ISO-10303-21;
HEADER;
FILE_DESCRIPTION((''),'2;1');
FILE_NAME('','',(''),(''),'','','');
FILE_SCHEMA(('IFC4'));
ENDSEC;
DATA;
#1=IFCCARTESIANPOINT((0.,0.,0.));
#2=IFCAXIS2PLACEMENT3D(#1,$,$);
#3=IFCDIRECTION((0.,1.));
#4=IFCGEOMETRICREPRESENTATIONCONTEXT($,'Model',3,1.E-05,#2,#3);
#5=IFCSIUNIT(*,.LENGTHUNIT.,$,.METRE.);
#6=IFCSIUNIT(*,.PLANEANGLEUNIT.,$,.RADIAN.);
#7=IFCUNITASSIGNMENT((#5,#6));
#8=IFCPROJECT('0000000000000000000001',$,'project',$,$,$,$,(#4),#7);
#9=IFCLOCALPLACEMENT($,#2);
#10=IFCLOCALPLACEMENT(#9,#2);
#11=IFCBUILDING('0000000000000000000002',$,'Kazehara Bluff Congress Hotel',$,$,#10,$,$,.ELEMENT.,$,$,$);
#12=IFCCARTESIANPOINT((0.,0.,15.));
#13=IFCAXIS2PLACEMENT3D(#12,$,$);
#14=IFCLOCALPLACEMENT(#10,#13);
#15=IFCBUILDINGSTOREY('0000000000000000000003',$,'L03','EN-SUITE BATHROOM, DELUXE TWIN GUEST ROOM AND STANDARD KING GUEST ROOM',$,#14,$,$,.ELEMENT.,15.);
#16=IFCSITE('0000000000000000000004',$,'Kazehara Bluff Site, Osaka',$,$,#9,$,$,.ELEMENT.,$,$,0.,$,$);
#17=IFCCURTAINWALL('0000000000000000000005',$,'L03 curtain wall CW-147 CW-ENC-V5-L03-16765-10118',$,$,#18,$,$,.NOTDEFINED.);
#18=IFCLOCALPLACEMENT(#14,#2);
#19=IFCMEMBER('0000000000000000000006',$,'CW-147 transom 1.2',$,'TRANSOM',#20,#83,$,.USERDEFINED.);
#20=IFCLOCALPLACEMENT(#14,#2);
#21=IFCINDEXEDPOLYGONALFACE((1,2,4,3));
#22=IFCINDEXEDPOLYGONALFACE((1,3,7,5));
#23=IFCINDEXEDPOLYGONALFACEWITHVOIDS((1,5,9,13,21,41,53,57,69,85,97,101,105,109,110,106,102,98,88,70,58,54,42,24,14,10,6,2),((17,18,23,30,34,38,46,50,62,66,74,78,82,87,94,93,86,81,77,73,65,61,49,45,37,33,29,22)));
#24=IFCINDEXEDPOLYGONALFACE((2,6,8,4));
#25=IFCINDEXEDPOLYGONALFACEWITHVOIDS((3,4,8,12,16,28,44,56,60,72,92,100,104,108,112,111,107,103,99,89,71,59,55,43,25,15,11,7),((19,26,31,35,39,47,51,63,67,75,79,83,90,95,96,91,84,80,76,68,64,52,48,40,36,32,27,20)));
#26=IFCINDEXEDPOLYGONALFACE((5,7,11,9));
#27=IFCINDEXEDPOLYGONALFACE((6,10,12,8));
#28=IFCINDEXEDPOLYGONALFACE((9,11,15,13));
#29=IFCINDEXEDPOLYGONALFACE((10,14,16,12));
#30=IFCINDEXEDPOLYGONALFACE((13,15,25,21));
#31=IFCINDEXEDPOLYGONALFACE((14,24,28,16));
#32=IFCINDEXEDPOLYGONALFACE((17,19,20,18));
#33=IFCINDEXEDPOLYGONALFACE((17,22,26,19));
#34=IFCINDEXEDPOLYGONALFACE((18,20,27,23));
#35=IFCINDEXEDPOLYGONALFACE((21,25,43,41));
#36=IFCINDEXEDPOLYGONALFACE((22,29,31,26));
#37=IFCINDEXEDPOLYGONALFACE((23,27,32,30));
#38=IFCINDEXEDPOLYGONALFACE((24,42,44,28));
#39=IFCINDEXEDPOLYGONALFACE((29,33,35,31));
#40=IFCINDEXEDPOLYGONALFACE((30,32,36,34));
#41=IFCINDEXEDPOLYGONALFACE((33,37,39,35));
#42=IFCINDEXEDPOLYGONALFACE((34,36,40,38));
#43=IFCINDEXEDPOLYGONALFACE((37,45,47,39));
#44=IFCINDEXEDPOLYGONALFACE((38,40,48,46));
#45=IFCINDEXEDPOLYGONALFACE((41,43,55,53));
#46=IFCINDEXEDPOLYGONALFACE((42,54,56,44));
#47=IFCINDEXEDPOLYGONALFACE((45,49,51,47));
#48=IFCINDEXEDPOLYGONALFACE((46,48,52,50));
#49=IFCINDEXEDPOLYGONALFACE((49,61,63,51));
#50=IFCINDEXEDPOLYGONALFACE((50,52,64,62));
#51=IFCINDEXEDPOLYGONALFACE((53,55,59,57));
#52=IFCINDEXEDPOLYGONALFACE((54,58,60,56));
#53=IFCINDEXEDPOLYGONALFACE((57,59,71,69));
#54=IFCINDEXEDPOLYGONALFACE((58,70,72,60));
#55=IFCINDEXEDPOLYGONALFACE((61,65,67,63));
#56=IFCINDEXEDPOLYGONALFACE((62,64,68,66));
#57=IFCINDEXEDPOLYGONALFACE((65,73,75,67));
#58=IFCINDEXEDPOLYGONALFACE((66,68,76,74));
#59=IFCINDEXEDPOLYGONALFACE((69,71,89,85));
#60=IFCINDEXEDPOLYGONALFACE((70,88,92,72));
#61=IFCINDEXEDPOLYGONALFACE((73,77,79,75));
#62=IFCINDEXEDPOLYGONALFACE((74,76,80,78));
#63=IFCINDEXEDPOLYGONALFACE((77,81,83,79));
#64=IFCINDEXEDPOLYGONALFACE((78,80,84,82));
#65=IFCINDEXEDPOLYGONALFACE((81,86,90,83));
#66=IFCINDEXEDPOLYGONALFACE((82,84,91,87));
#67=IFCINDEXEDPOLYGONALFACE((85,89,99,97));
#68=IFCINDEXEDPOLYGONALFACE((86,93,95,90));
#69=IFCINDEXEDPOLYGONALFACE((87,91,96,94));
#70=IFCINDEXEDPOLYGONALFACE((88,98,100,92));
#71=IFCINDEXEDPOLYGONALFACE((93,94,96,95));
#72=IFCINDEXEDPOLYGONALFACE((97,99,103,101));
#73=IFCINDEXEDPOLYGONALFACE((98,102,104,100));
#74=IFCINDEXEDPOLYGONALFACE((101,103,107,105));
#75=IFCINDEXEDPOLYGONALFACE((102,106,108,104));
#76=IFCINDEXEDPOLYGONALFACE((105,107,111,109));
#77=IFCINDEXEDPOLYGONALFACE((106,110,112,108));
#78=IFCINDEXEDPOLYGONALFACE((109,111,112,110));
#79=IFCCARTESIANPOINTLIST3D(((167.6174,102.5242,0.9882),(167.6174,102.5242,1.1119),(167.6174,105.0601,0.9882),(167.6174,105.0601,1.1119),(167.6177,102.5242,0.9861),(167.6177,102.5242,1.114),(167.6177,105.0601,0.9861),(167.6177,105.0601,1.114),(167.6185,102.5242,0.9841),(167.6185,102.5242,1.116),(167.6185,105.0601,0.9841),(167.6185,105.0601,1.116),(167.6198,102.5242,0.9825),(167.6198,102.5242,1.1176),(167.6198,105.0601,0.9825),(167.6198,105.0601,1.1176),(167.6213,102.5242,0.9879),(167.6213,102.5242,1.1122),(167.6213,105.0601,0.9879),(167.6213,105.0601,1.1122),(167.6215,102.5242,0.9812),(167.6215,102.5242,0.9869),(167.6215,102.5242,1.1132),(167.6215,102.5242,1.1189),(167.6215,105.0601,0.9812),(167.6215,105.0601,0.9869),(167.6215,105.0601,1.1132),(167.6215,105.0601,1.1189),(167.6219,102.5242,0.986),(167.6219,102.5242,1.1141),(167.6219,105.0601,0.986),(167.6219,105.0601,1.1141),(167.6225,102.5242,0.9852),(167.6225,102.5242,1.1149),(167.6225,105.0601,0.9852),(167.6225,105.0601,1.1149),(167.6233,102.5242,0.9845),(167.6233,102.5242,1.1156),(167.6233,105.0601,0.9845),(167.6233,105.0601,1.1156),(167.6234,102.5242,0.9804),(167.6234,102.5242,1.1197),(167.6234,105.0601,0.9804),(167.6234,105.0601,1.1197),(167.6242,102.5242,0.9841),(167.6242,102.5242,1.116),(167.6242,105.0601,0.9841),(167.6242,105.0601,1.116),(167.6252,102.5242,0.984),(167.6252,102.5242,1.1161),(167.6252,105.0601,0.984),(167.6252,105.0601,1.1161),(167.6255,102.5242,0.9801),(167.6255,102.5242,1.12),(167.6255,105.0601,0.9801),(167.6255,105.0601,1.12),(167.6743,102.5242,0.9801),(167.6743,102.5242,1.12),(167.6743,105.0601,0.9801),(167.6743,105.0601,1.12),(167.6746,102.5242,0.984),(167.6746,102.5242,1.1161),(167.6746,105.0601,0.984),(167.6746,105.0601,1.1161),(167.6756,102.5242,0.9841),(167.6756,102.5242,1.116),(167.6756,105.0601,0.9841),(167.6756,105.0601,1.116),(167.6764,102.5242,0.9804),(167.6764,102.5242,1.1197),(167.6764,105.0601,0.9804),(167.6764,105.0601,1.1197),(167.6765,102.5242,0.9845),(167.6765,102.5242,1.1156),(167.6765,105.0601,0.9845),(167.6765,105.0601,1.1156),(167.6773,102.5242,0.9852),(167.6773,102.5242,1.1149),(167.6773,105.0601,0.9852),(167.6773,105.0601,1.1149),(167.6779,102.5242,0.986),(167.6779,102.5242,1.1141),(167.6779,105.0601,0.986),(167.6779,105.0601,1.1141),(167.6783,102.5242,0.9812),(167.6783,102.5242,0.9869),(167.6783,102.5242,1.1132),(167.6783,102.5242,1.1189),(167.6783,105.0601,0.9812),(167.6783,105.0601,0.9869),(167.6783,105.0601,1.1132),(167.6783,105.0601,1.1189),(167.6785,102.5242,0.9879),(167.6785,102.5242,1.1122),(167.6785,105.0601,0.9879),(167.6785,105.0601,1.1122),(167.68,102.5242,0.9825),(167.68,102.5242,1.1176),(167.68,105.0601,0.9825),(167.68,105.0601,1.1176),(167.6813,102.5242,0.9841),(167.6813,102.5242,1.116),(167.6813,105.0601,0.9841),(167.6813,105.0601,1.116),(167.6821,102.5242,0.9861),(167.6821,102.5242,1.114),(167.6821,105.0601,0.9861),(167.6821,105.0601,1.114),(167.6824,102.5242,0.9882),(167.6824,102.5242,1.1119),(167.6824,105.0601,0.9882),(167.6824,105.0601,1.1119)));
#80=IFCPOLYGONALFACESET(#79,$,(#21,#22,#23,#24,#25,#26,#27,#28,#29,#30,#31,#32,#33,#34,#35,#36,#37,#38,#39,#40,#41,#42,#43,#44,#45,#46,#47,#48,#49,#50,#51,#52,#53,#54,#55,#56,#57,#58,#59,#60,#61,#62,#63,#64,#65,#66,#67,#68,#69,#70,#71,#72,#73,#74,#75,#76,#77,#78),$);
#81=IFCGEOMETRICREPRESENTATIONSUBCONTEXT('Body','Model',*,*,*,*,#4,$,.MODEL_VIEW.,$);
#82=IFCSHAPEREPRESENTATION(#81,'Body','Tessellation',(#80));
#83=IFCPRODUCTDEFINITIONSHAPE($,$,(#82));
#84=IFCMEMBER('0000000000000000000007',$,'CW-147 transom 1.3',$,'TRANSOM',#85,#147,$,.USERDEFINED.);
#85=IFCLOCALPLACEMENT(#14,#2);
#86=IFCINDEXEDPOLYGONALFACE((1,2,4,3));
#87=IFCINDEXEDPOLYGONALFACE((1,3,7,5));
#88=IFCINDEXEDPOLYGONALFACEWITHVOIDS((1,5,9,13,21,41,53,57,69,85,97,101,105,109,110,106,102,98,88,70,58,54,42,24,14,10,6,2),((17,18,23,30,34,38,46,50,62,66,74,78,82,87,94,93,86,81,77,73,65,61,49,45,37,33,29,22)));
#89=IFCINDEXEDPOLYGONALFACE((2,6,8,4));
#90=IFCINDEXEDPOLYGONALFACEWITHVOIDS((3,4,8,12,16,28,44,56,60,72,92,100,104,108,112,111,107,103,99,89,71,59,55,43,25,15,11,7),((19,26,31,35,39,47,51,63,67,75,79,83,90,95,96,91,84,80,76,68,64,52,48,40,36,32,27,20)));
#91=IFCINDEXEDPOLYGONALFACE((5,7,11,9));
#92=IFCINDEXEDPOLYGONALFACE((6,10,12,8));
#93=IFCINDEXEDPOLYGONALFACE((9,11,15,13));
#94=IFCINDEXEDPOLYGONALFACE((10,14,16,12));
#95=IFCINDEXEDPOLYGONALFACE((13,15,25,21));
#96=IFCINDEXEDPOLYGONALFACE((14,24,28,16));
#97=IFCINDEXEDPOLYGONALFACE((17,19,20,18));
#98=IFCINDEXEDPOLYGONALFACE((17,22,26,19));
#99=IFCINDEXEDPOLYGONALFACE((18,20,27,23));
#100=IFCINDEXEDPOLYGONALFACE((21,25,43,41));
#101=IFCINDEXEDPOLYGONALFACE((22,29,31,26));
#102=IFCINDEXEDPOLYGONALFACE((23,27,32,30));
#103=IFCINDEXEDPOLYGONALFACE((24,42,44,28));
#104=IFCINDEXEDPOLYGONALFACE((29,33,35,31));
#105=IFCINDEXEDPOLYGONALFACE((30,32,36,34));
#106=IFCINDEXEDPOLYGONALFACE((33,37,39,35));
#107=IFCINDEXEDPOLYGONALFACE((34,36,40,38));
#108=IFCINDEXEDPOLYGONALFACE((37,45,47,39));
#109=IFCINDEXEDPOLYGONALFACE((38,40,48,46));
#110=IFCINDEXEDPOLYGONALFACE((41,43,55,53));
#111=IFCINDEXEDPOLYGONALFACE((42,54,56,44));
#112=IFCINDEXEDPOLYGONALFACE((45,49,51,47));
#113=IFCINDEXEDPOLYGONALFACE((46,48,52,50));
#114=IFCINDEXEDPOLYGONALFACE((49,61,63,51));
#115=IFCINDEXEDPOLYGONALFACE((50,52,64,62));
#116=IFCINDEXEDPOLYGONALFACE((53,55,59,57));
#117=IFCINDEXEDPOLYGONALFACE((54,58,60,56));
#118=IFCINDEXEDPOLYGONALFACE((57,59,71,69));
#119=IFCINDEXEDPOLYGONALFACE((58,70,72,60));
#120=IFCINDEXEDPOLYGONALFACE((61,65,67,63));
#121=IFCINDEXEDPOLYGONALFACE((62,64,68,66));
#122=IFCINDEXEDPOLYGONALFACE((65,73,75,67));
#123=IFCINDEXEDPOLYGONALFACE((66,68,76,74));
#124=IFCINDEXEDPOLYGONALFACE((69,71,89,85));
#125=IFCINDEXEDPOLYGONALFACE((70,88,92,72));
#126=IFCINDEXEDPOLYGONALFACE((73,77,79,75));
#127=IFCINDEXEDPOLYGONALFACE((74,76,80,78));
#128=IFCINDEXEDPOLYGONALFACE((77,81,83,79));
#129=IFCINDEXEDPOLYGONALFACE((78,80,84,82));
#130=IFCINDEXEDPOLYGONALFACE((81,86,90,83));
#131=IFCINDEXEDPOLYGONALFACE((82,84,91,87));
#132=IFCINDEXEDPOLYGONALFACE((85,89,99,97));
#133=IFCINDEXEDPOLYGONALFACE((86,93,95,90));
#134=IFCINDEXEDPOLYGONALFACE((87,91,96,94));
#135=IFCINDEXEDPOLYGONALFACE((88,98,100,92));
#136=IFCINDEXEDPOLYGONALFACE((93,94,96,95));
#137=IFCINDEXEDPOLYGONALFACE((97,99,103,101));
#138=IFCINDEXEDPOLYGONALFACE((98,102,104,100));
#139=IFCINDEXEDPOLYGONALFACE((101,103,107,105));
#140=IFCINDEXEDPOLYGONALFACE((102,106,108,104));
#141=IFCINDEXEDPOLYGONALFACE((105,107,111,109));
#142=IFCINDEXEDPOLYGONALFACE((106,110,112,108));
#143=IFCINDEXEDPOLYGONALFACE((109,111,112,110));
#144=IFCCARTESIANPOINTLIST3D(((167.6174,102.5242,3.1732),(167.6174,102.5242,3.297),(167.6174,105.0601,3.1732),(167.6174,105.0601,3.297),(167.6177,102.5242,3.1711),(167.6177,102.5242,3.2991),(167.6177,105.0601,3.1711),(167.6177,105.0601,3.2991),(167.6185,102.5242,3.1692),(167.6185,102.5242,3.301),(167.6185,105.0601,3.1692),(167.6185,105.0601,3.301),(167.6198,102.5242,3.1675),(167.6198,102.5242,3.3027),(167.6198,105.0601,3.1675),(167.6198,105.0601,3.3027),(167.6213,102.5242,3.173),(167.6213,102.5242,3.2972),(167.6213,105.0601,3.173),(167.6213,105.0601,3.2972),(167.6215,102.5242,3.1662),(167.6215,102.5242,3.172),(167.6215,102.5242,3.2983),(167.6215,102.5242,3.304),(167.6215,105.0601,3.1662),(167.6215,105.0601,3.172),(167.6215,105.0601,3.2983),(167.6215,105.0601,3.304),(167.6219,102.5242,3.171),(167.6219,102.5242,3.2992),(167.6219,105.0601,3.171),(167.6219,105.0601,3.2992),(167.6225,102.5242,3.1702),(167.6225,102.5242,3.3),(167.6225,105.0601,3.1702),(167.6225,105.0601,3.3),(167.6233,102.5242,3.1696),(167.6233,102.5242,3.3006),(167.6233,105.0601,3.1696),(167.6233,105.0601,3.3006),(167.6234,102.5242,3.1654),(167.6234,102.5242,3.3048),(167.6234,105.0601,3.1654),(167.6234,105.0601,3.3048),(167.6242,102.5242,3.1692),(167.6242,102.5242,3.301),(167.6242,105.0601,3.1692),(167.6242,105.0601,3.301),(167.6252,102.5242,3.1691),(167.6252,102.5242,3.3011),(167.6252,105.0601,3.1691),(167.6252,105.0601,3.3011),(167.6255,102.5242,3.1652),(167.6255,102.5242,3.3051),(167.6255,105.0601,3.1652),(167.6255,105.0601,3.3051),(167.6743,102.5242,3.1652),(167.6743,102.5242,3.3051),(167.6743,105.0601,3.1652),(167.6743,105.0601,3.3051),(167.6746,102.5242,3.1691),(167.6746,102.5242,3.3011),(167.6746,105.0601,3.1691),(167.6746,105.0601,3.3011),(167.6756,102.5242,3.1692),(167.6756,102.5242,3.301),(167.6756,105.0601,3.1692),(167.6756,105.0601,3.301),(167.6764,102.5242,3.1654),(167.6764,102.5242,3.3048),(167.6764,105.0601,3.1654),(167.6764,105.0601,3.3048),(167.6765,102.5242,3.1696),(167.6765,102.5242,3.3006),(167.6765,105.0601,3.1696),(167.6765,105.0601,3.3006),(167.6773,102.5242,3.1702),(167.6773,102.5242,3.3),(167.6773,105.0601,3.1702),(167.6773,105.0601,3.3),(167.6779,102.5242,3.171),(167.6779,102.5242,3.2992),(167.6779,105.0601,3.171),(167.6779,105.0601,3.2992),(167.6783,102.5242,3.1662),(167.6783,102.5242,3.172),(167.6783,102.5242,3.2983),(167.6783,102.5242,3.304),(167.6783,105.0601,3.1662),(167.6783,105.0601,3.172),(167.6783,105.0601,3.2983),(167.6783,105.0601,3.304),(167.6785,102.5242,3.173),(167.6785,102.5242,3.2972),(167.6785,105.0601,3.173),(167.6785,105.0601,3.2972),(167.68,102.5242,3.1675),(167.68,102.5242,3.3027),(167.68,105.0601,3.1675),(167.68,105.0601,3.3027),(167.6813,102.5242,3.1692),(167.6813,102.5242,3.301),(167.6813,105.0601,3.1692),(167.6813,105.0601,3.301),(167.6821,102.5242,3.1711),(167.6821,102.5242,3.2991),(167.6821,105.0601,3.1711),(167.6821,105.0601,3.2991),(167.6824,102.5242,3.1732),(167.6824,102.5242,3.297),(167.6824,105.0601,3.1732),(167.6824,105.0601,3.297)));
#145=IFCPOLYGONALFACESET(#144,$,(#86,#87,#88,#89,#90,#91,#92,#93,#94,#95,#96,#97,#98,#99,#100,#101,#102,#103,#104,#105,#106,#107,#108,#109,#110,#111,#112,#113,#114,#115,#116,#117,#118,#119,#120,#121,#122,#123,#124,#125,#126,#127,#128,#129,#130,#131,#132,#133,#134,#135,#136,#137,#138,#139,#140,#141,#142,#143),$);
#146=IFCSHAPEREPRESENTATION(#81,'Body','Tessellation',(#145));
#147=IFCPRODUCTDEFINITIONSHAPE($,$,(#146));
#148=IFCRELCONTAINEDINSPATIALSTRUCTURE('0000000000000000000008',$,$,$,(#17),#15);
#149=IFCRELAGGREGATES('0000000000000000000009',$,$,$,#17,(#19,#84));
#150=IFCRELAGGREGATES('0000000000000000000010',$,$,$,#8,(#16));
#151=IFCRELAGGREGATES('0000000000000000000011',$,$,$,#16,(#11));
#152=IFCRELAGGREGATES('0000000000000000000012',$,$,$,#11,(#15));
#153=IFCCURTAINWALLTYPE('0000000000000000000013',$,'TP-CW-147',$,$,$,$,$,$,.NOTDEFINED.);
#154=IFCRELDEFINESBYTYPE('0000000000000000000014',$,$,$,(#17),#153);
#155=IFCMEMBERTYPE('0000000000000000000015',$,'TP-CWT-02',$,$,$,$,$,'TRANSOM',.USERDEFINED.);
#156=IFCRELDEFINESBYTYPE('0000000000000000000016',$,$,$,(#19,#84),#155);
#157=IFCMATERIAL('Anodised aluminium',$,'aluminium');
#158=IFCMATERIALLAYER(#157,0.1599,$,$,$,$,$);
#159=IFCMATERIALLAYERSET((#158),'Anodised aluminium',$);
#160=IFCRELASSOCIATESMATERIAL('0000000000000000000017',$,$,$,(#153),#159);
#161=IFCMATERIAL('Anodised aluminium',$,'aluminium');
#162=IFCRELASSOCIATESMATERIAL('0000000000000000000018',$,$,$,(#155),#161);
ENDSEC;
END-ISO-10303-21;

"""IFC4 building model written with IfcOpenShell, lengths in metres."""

from ifc_helpers import new_model, si_unit, direction, frame, origin, origin_2d, place, context, subcontext, project, spatial, hollow_rectangle, extrude, material, layer, layer_set, material_profile, profile_set, type_object, element, aggregate, save


model = new_model("IFC4")

# Units and contexts
model_context = context("Model", 3, precision=1e-05, world=origin(), true_north=direction((0.0, 1.0)))
body_context = subcontext(model_context, "Body", "Model", "MODEL_VIEW")
ifc_project = project(units=[si_unit("LENGTHUNIT", "METRE"), si_unit("PLANEANGLEUNIT", "RADIAN")], contexts=[model_context])

# Site, building, storey
site_placement = place(None, origin())
site = spatial("IfcSite", under=ifc_project, at=site_placement, Name="Kazehara Bluff Site, Osaka", CompositionType="ELEMENT", RefElevation=0.0)
building_placement = place(site_placement, origin())
building = spatial("IfcBuilding", under=site, at=building_placement, Name="Kazehara Bluff Congress Hotel", CompositionType="ELEMENT")
storey_placement = place(building_placement, frame((0.0, 0.0, 15.0)))
storey = spatial("IfcBuildingStorey", under=building, at=storey_placement, Name="L03", Description="EN-SUITE BATHROOM, DELUXE TWIN GUEST ROOM AND STANDARD KING GUEST ROOM", CompositionType="ELEMENT", Elevation=15.0)

# Curtain wall, members
ifc_material_1 = material(Name="Anodised aluminium", Category="aluminium")
ifc_layer_1 = layer(ifc_material_1, 0.1599)
ifc_layer_set_1 = layer_set([ifc_layer_1], Name="Anodised aluminium")
curtain_wall_type = type_object("IfcCurtainWallType", Name="TP-CW-147", PredefinedType="NOTDEFINED", material=ifc_layer_set_1)
curtain_wall_placement = place(storey_placement, origin())
curtain_wall = element("IfcCurtainWall", 1, at=curtain_wall_placement, inside=storey, type_object=curtain_wall_type, Name="L03 curtain wall CW-147 CW-ENC-V5-L03-16765-10118", PredefinedType="NOTDEFINED")
ifc_material_2 = material(Name="Anodised aluminium", Category="aluminium")
ifc_material_profile_1 = material_profile(ifc_material_2, hollow_rectangle(XDim=0.0649, YDim=0.1399, WallThickness=0.0039, InnerFilletRadius=0.0039, OuterFilletRadius=0.0081, at=origin_2d()))
ifc_profile_set_1 = profile_set([ifc_material_profile_1], Name="Anodised aluminium")
member_type_1 = type_object("IfcMemberType", Name="TP-CWT-02", ElementType="TRANSOM", PredefinedType="USERDEFINED", material=ifc_profile_set_1)
member_1_placement = place(storey_placement, frame((167.6499, 105.0601, 1.05), z_axis=(0.0, -1.0, 0.0), x_axis=(1.0, 0.0, 0.0)))
member_1 = element("IfcMember", 2, at=member_1_placement, type_object=member_type_1, Name="CW-147 transom 1.2", ObjectType="TRANSOM", PredefinedType="USERDEFINED", context=body_context, shape_type="SweptSolid", body=[
    extrude(hollow_rectangle(XDim=0.0649, YDim=0.1399, WallThickness=0.0039, InnerFilletRadius=0.0039, OuterFilletRadius=0.0081, at=origin_2d()), origin(), (0.0, 0.0, 1.0), 2.5359),
])
member_2_placement = place(storey_placement, frame((167.6499, 105.0601, 3.2351), z_axis=(0.0, -1.0, 0.0), x_axis=(1.0, 0.0, 0.0)))
member_2 = element("IfcMember", 3, at=member_2_placement, type_object=member_type_1, Name="CW-147 transom 1.3", ObjectType="TRANSOM", PredefinedType="USERDEFINED", context=body_context, shape_type="SweptSolid", body=[
    extrude(hollow_rectangle(XDim=0.0649, YDim=0.1399, WallThickness=0.0039, InnerFilletRadius=0.0039, OuterFilletRadius=0.0081, at=origin_2d()), origin(), (0.0, 0.0, 1.0), 2.5359),
])

aggregate(curtain_wall, [member_1, member_2])

save(model, "model.ifc")
